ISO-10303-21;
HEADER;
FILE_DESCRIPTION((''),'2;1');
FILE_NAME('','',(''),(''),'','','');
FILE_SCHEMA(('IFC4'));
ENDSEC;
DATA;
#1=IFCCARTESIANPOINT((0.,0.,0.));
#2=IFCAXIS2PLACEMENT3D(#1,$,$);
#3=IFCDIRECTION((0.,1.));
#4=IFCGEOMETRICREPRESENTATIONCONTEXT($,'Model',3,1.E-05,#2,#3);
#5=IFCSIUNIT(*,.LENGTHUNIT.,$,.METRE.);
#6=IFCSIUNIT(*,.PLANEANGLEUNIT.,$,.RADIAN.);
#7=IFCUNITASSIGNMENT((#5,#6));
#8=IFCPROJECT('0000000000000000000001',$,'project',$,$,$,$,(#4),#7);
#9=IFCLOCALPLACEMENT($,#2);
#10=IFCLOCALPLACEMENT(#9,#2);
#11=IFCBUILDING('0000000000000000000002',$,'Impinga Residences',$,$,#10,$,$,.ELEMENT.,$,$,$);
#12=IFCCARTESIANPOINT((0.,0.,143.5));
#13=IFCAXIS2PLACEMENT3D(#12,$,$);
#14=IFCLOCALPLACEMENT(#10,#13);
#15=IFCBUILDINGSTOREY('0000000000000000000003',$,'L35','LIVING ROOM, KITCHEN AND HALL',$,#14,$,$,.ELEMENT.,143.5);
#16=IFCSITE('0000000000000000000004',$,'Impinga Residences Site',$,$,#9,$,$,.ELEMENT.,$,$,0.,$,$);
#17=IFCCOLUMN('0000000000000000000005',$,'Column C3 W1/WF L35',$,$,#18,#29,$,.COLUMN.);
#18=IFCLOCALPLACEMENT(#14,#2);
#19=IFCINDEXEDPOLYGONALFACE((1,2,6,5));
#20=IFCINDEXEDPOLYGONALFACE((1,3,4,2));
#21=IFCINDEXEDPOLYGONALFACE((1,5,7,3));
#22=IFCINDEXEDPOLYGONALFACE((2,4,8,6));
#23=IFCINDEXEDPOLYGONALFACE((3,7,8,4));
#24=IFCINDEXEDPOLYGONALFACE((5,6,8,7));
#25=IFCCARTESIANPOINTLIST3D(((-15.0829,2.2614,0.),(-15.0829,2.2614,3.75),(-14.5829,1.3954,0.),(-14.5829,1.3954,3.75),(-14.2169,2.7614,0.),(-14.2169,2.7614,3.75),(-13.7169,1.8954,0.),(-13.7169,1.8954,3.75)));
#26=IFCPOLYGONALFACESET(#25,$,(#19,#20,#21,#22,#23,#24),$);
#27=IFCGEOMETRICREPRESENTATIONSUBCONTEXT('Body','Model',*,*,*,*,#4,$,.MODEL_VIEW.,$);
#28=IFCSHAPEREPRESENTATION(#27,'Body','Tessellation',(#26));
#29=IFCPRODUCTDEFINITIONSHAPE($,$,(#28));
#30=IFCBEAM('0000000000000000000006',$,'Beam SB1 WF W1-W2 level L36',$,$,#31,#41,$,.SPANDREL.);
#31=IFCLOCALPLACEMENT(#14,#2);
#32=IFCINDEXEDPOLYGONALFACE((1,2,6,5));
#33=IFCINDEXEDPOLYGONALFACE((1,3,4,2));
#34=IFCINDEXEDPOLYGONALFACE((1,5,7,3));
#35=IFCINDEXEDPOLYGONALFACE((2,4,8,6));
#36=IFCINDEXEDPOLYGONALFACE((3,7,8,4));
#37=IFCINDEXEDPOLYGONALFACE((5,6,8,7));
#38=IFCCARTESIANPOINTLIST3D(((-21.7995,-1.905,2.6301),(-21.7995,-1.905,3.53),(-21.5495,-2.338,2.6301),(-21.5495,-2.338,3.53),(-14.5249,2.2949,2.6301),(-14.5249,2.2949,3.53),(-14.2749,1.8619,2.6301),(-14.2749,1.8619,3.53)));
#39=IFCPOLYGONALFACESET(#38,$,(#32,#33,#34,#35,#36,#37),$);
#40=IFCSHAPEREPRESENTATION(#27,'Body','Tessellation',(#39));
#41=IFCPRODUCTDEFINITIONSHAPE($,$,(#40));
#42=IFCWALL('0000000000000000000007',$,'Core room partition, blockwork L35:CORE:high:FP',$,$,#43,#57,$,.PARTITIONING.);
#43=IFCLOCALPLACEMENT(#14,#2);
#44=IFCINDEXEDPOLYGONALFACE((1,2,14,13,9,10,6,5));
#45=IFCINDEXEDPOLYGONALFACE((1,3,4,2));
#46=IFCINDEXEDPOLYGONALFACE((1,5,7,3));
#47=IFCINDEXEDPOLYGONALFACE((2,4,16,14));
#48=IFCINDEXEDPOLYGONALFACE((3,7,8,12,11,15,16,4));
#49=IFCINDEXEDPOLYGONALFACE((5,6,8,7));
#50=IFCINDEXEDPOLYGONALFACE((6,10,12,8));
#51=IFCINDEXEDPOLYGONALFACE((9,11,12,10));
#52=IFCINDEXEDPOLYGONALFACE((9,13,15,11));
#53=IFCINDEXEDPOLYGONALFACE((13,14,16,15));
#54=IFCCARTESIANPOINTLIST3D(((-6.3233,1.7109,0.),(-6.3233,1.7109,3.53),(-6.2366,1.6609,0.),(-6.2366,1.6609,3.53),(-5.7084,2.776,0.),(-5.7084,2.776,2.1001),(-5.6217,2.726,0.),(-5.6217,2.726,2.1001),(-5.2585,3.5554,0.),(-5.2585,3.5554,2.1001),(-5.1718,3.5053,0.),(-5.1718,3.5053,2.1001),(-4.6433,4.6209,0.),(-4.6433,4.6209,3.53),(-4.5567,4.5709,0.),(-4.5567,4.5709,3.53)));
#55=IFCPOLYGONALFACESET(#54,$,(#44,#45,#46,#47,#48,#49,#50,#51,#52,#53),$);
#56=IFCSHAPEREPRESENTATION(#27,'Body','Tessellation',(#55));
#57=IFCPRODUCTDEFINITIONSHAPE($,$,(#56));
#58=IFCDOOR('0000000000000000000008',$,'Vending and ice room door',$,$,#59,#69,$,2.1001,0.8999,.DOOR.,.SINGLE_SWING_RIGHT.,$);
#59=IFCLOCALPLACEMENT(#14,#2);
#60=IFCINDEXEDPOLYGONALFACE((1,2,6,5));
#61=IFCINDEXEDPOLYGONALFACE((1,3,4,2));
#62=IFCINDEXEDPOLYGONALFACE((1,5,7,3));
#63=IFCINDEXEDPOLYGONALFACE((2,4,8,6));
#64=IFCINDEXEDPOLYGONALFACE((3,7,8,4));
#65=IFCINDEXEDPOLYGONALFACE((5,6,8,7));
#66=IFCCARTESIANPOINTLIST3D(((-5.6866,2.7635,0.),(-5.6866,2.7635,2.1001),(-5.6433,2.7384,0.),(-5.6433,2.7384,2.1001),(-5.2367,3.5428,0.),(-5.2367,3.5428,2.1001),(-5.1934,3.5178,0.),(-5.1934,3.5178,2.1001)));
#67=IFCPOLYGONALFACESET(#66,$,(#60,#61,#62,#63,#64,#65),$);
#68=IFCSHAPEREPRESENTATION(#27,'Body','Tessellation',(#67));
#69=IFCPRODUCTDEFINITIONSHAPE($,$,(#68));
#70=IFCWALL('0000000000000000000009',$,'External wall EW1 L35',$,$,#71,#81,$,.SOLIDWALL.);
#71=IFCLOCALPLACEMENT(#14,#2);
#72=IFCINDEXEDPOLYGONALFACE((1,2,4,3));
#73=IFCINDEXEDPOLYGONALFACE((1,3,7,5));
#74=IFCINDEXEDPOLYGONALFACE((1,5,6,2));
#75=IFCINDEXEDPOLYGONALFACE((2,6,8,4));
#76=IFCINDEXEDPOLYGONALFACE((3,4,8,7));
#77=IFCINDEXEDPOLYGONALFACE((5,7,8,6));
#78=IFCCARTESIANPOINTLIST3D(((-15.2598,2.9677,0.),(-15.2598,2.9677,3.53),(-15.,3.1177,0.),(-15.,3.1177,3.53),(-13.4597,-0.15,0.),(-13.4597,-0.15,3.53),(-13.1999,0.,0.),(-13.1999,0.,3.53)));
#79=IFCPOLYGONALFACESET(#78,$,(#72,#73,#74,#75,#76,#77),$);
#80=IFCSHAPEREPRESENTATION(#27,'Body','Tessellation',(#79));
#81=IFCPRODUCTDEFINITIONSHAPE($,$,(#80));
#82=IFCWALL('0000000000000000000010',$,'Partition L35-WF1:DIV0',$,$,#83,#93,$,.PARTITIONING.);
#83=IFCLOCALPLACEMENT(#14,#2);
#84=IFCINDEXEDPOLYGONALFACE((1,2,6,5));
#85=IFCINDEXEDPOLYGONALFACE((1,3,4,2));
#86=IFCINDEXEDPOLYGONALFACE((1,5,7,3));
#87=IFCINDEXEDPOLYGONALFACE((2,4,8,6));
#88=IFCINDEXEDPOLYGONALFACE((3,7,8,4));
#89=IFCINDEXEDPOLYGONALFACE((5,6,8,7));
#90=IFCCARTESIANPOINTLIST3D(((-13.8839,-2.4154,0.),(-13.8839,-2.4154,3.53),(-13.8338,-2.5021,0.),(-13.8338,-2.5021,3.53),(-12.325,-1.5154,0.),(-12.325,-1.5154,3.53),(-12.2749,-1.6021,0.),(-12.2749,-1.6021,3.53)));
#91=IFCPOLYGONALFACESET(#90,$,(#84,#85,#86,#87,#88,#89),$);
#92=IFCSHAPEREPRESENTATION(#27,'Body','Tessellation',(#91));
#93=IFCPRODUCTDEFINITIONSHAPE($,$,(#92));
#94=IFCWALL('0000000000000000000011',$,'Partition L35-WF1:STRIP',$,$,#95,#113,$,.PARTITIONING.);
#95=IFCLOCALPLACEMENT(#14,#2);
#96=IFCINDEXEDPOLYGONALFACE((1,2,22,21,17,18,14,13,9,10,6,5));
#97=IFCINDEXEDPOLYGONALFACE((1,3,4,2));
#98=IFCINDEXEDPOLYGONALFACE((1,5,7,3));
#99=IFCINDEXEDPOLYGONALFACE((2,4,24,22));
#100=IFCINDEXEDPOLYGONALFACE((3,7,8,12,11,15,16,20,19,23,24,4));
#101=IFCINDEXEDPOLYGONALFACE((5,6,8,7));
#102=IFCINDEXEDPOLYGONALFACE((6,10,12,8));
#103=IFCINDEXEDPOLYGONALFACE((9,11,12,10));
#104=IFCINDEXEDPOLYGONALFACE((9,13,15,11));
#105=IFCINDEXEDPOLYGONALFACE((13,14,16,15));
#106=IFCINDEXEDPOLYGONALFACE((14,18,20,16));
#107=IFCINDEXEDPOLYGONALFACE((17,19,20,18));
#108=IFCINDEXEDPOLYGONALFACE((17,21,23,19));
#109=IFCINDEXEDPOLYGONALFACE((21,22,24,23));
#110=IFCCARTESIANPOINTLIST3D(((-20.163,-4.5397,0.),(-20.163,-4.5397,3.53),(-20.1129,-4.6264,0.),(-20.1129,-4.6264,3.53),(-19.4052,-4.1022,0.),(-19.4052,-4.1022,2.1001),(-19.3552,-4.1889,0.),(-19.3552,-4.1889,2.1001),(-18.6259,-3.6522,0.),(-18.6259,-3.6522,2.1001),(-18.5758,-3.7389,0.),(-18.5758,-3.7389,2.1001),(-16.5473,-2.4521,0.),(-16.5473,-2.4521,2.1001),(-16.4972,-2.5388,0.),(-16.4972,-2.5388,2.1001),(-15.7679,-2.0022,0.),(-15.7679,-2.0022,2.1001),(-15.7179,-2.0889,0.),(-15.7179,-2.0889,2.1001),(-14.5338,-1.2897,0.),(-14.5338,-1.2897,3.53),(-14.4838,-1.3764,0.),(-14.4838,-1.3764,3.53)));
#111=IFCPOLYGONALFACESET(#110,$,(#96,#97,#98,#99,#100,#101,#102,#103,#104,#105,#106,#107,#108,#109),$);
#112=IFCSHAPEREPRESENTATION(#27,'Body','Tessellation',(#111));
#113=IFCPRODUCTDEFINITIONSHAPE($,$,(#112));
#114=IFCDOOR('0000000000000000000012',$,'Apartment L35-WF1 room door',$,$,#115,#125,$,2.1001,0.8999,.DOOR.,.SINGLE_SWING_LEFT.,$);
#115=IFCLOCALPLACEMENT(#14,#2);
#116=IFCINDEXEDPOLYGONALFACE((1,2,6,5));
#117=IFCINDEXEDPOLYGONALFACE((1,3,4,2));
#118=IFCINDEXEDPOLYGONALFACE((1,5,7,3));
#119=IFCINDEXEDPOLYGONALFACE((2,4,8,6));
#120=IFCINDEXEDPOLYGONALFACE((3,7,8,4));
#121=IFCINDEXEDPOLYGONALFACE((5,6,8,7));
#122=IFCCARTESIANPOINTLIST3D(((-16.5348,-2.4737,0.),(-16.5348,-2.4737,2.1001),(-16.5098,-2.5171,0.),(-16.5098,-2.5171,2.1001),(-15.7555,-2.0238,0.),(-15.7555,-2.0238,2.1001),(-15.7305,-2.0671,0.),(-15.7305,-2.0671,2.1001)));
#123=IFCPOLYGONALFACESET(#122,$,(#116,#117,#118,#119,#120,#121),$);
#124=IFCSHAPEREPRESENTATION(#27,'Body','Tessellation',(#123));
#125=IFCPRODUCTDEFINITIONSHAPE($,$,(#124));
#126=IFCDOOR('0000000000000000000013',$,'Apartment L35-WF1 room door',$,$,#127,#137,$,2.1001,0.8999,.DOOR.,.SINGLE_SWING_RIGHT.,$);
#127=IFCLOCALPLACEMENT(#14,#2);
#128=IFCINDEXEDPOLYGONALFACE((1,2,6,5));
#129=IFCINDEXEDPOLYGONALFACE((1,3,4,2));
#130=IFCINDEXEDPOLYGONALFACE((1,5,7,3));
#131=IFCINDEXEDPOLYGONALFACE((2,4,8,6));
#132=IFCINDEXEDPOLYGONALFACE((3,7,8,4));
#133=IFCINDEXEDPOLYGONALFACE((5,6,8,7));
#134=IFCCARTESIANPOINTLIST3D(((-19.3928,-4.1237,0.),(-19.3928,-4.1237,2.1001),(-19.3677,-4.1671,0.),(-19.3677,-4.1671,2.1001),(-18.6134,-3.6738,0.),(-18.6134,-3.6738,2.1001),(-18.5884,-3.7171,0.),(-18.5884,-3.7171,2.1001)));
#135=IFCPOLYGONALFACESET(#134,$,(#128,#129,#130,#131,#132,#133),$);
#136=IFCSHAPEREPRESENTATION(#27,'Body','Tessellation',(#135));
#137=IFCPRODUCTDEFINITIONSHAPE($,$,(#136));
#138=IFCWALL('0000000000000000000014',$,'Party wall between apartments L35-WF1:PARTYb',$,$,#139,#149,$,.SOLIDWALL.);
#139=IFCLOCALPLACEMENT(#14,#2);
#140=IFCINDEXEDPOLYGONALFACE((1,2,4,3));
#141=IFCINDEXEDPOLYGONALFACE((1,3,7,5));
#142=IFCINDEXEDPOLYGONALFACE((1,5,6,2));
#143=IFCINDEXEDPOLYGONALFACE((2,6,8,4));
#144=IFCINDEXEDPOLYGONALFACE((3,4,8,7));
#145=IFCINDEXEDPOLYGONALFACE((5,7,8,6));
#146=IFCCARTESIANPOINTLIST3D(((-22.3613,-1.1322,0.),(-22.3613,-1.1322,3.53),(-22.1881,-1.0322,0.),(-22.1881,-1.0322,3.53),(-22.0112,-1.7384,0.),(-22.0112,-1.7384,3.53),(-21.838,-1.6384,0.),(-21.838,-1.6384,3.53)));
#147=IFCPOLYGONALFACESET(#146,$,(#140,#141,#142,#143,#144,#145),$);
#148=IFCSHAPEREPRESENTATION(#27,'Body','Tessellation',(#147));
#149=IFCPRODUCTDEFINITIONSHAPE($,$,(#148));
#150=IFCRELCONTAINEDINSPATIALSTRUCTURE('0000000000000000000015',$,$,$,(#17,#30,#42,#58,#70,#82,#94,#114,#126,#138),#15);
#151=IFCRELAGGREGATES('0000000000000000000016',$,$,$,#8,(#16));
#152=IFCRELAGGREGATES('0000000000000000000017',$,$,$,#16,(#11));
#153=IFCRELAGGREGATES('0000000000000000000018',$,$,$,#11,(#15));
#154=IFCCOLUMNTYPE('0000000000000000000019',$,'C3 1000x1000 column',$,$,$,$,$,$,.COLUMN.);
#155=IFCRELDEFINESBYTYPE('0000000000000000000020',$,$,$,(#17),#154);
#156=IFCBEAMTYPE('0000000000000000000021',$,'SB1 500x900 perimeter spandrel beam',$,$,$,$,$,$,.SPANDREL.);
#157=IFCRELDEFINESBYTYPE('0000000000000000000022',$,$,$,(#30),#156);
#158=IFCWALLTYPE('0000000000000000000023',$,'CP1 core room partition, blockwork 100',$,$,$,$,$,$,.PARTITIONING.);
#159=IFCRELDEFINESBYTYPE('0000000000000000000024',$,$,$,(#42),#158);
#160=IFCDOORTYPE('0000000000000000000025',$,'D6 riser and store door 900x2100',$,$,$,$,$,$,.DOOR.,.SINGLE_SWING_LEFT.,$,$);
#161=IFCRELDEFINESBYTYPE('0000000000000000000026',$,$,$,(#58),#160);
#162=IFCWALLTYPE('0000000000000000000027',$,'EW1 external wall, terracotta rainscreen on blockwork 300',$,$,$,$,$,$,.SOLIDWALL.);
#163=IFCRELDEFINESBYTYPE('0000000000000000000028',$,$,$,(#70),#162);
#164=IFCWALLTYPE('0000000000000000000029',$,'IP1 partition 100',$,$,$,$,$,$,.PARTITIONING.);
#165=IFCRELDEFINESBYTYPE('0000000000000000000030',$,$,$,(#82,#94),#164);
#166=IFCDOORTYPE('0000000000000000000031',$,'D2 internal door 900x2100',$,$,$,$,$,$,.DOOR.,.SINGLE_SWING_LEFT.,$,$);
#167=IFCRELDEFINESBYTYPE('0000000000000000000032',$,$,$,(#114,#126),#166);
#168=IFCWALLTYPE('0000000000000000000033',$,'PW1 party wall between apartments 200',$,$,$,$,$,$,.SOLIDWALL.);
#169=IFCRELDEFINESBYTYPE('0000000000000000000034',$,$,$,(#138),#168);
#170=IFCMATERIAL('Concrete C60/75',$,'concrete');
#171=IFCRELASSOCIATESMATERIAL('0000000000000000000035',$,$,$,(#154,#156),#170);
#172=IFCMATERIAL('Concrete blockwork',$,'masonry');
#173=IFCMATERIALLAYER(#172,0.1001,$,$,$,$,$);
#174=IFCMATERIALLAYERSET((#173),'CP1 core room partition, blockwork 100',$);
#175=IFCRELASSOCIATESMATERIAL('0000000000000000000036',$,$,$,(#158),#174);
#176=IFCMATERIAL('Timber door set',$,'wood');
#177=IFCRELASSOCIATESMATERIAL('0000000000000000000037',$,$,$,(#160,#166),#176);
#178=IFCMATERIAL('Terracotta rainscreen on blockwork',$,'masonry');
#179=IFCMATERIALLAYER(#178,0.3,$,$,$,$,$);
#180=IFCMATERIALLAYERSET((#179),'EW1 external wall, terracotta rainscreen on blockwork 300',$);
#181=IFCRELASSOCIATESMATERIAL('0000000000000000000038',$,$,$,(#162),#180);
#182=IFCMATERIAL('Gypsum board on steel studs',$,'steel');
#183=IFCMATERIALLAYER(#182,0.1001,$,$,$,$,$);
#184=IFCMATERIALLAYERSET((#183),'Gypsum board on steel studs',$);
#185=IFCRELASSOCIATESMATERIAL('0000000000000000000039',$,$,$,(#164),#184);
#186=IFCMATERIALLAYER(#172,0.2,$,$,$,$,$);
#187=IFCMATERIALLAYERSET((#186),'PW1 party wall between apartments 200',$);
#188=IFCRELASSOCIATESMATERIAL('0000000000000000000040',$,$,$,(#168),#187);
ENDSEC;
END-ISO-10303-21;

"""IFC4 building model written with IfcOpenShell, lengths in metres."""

from ifc_helpers import new_model, si_unit, direction, frame, frame_2d, origin, origin_2d, place, context, subcontext, project, spatial, rectangle, extrude, material, layer, layer_set, material_profile, profile_set, type_object, element, fill, save


model = new_model("IFC4")

# Units and contexts
model_context = context("Model", 3, precision=1e-05, world=origin(), true_north=direction((0.0, 1.0)))
body_context = subcontext(model_context, "Body", "Model", "MODEL_VIEW")
ifc_project = project(units=[si_unit("LENGTHUNIT", "METRE"), si_unit("PLANEANGLEUNIT", "RADIAN")], contexts=[model_context])

# Site, building, storey
site_placement = place(None, origin())
site = spatial("IfcSite", under=ifc_project, at=site_placement, Name="Impinga Residences Site", CompositionType="ELEMENT", RefElevation=0.0)
building_placement = place(site_placement, origin())
building = spatial("IfcBuilding", under=site, at=building_placement, Name="Impinga Residences", CompositionType="ELEMENT")
storey_placement = place(building_placement, frame((0.0, 0.0, 143.5)))
storey = spatial("IfcBuildingStorey", under=building, at=storey_placement, Name="L35", Description="LIVING ROOM, KITCHEN AND HALL", CompositionType="ELEMENT", Elevation=143.5)

# Column
ifc_material_1 = material(Name="Concrete C60/75", Category="concrete")
ifc_material_profile_1 = material_profile(ifc_material_1, rectangle(XDim=1.0, YDim=1.0, at=origin_2d()), Name="RC 1000x1000")
ifc_profile_set_1 = profile_set([ifc_material_profile_1], Name="Concrete C60/75")
column_type = type_object("IfcColumnType", Name="C3 1000x1000 column", PredefinedType="COLUMN", material=ifc_profile_set_1)
column_placement = place(storey_placement, frame((-14.3999, 2.0784, 0.0), z_axis=(0.0, 0.0, 1.0), x_axis=(-0.5, 0.866025, 0.0)))
element("IfcColumn", 1, at=column_placement, inside=storey, type_object=column_type, Name="Column C3 W1/WF L35", PredefinedType="COLUMN", context=body_context, shape_type="SweptSolid", body=[
    extrude(rectangle(XDim=1.0, YDim=1.0, at=origin_2d()), origin(), (0.0, 0.0, 1.0), 3.75),
])

# Beam
ifc_material_profile_2 = material_profile(ifc_material_1, rectangle(XDim=0.5, YDim=0.8999, at=origin_2d()), Name="RC 500x900")
ifc_profile_set_2 = profile_set([ifc_material_profile_2], Name="Concrete C60/75")
beam_type = type_object("IfcBeamType", Name="SB1 500x900 perimeter spandrel beam", PredefinedType="SPANDREL", material=ifc_profile_set_2)
beam_placement = place(storey_placement, frame((-14.3999, 2.0784, 3.0801), z_axis=(-0.866029, -0.499993, 0.0), x_axis=(0.499993, -0.866029, 0.0)))
element("IfcBeam", 2, at=beam_placement, inside=storey, type_object=beam_type, Name="Beam SB1 WF W1-W2 level L36", PredefinedType="SPANDREL", context=body_context, shape_type="SweptSolid", body=[
    extrude(rectangle(XDim=0.5, YDim=0.8999, at=origin_2d()), origin(), (0.0, 0.0, 1.0), 8.3999),
])

# Wall, opening, door
ifc_material_2 = material(Name="Concrete blockwork", Category="masonry")
ifc_layer_1 = layer(ifc_material_2, 0.1001)
ifc_layer_set_1 = layer_set([ifc_layer_1], Name="CP1 core room partition, blockwork 100")
wall_type_1 = type_object("IfcWallType", Name="CP1 core room partition, blockwork 100", PredefinedType="PARTITIONING", material=ifc_layer_set_1)
wall_1_placement = place(storey_placement, frame((-6.28, 1.6858, 0.0), z_axis=(0.0, 0.0, 1.0), x_axis=(0.499976, 0.866039, 0.0)))
wall_1 = element("IfcWall", 3, at=wall_1_placement, inside=storey, type_object=wall_type_1, Name="Core room partition, blockwork L35:CORE:high:FP", PredefinedType="PARTITIONING", context=body_context, shape_type="SweptSolid", body=[
    extrude(rectangle(XDim=3.3601, YDim=0.1001, at=frame_2d((1.6802, 0.0))), origin(), (0.0, 0.0, 1.0), 3.53),
])
opening_1_placement = place(wall_1_placement, frame((1.23, 0.0, 0.0)))
opening_1 = element("IfcOpeningElement", 4, at=opening_1_placement, cuts=wall_1, PredefinedType="OPENING", context=body_context, shape_type="SweptSolid", body=[
    extrude(rectangle(XDim=0.8999, YDim=2.1001, at=frame_2d((0.45, 1.05))), frame((0.0, 0.0601, 0.0), z_axis=(0.0, -1.0, 0.0), x_axis=(1.0, 0.0, 0.0)), (0.0, 0.0, 1.0), 0.1201),
])
ifc_material_3 = material(Name="Timber door set", Category="wood")
door_type_1 = type_object("IfcDoorType", Name="D6 riser and store door 900x2100", OperationType="SINGLE_SWING_LEFT", PredefinedType="DOOR", material=ifc_material_3)
door_1_placement = place(opening_1_placement, origin())
door_1 = element("IfcDoor", 5, at=door_1_placement, inside=storey, type_object=door_type_1, Name="Vending and ice room door", OperationType="SINGLE_SWING_RIGHT", OverallHeight=2.1001, OverallWidth=0.8999, PredefinedType="DOOR", context=body_context, shape_type="SweptSolid", body=[
    extrude(rectangle(XDim=0.8999, YDim=2.1001, at=frame_2d((0.45, 1.05))), frame((0.0, 0.0249, 0.0), z_axis=(0.0, -1.0, 0.0), x_axis=(1.0, 0.0, 0.0)), (0.0, 0.0, 1.0), 0.05),
])
fill(opening_1, door_1)

# Walls
ifc_material_4 = material(Name="Terracotta rainscreen on blockwork", Category="masonry")
ifc_layer_2 = layer(ifc_material_4, 0.3)
ifc_layer_set_2 = layer_set([ifc_layer_2], Name="EW1 external wall, terracotta rainscreen on blockwork 300")
wall_type_2 = type_object("IfcWallType", Name="EW1 external wall, terracotta rainscreen on blockwork 300", PredefinedType="SOLIDWALL", material=ifc_layer_set_2)
wall_2_placement = place(storey_placement, frame((-15.1299, 3.0427, 0.0), z_axis=(0.0, 0.0, 1.0), x_axis=(0.500012, -0.866018, 0.0)))
element("IfcWall", 6, at=wall_2_placement, inside=storey, type_object=wall_type_2, Name="External wall EW1 L35", PredefinedType="SOLIDWALL", context=body_context, shape_type="SweptSolid", body=[
    extrude(rectangle(XDim=3.6001, YDim=0.3, at=frame_2d((1.8, 0.0))), origin(), (0.0, 0.0, 1.0), 3.53),
])
ifc_material_5 = material(Name="Gypsum board on steel studs", Category="steel")
ifc_layer_3 = layer(ifc_material_5, 0.1001)
ifc_layer_set_3 = layer_set([ifc_layer_3], Name="Gypsum board on steel studs")
wall_type_3 = type_object("IfcWallType", Name="IP1 partition 100", PredefinedType="PARTITIONING", material=ifc_layer_set_3)
wall_3_placement = place(storey_placement, frame((-12.3, -1.5588, 0.0), z_axis=(0.0, 0.0, 1.0), x_axis=(-0.866048, -0.499961, 0.0)))
element("IfcWall", 7, at=wall_3_placement, inside=storey, type_object=wall_type_3, Name="Partition L35-WF1:DIV0", PredefinedType="PARTITIONING", context=body_context, shape_type="SweptSolid", body=[
    extrude(rectangle(XDim=1.8, YDim=0.1001, at=frame_2d((0.8999, 0.0))), origin(), (0.0, 0.0, 1.0), 3.53),
])

# Wall, openings, doors
wall_4_placement = place(storey_placement, frame((-14.5088, -1.333, 0.0), z_axis=(0.0, 0.0, 1.0), x_axis=(-0.866025, -0.500001, 0.0)))
wall_4 = element("IfcWall", 8, at=wall_4_placement, inside=storey, type_object=wall_type_3, Name="Partition L35-WF1:STRIP", PredefinedType="PARTITIONING", context=body_context, shape_type="SweptSolid", body=[
    extrude(rectangle(XDim=6.5, YDim=0.1001, at=frame_2d((3.25, 0.0))), origin(), (0.0, 0.0, 1.0), 3.53),
])
opening_2_placement = place(wall_4_placement, frame((1.425, 0.0, 0.0)))
opening_2 = element("IfcOpeningElement", 9, at=opening_2_placement, cuts=wall_4, PredefinedType="OPENING", context=body_context, shape_type="SweptSolid", body=[
    extrude(rectangle(XDim=0.8999, YDim=2.1001, at=frame_2d((0.45, 1.05))), frame((0.0, 0.0601, 0.0), z_axis=(0.0, -1.0, 0.0), x_axis=(1.0, 0.0, 0.0)), (0.0, 0.0, 1.0), 0.1201),
])
opening_3_placement = place(wall_4_placement, frame((4.7251, 0.0, 0.0)))
opening_3 = element("IfcOpeningElement", 10, at=opening_3_placement, cuts=wall_4, PredefinedType="OPENING", context=body_context, shape_type="SweptSolid", body=[
    extrude(rectangle(XDim=0.8999, YDim=2.1001, at=frame_2d((0.45, 1.05))), frame((0.0, 0.0601, 0.0), z_axis=(0.0, -1.0, 0.0), x_axis=(1.0, 0.0, 0.0)), (0.0, 0.0, 1.0), 0.1201),
])
door_type_2 = type_object("IfcDoorType", Name="D2 internal door 900x2100", OperationType="SINGLE_SWING_LEFT", PredefinedType="DOOR", material=ifc_material_3)
door_2_placement = place(opening_2_placement, origin())
door_2 = element("IfcDoor", 11, at=door_2_placement, inside=storey, type_object=door_type_2, Name="Apartment L35-WF1 room door", OperationType="SINGLE_SWING_LEFT", OverallHeight=2.1001, OverallWidth=0.8999, PredefinedType="DOOR", context=body_context, shape_type="SweptSolid", body=[
    extrude(rectangle(XDim=0.8999, YDim=2.1001, at=frame_2d((0.45, 1.05))), frame((0.0, 0.0249, 0.0), z_axis=(0.0, -1.0, 0.0), x_axis=(1.0, 0.0, 0.0)), (0.0, 0.0, 1.0), 0.05),
])
fill(opening_2, door_2)
door_3_placement = place(opening_3_placement, origin())
door_3 = element("IfcDoor", 12, at=door_3_placement, inside=storey, type_object=door_type_2, Name="Apartment L35-WF1 room door", OperationType="SINGLE_SWING_RIGHT", OverallHeight=2.1001, OverallWidth=0.8999, PredefinedType="DOOR", context=body_context, shape_type="SweptSolid", body=[
    extrude(rectangle(XDim=0.8999, YDim=2.1001, at=frame_2d((0.45, 1.05))), frame((0.0, 0.0249, 0.0), z_axis=(0.0, -1.0, 0.0), x_axis=(1.0, 0.0, 0.0)), (0.0, 0.0, 1.0), 0.05),
])
fill(opening_3, door_3)

# Wall
ifc_layer_4 = layer(ifc_material_2, 0.2)
ifc_layer_set_4 = layer_set([ifc_layer_4], Name="PW1 party wall between apartments 200")
wall_type_4 = type_object("IfcWallType", Name="PW1 party wall between apartments 200", PredefinedType="SOLIDWALL", material=ifc_layer_set_4)
wall_5_placement = place(storey_placement, frame((-21.9246, -1.6885, 0.0), z_axis=(0.0, 0.0, 1.0), x_axis=(-0.500115, 0.865959, 0.0)))
element("IfcWall", 13, at=wall_5_placement, inside=storey, type_object=wall_type_4, Name="Party wall between apartments L35-WF1:PARTYb", PredefinedType="SOLIDWALL", context=body_context, shape_type="SweptSolid", body=[
    extrude(rectangle(XDim=0.7, YDim=0.2, at=frame_2d((0.3501, 0.0))), origin(), (0.0, 0.0, 1.0), 3.53),
])

save(model, "model.ifc")
